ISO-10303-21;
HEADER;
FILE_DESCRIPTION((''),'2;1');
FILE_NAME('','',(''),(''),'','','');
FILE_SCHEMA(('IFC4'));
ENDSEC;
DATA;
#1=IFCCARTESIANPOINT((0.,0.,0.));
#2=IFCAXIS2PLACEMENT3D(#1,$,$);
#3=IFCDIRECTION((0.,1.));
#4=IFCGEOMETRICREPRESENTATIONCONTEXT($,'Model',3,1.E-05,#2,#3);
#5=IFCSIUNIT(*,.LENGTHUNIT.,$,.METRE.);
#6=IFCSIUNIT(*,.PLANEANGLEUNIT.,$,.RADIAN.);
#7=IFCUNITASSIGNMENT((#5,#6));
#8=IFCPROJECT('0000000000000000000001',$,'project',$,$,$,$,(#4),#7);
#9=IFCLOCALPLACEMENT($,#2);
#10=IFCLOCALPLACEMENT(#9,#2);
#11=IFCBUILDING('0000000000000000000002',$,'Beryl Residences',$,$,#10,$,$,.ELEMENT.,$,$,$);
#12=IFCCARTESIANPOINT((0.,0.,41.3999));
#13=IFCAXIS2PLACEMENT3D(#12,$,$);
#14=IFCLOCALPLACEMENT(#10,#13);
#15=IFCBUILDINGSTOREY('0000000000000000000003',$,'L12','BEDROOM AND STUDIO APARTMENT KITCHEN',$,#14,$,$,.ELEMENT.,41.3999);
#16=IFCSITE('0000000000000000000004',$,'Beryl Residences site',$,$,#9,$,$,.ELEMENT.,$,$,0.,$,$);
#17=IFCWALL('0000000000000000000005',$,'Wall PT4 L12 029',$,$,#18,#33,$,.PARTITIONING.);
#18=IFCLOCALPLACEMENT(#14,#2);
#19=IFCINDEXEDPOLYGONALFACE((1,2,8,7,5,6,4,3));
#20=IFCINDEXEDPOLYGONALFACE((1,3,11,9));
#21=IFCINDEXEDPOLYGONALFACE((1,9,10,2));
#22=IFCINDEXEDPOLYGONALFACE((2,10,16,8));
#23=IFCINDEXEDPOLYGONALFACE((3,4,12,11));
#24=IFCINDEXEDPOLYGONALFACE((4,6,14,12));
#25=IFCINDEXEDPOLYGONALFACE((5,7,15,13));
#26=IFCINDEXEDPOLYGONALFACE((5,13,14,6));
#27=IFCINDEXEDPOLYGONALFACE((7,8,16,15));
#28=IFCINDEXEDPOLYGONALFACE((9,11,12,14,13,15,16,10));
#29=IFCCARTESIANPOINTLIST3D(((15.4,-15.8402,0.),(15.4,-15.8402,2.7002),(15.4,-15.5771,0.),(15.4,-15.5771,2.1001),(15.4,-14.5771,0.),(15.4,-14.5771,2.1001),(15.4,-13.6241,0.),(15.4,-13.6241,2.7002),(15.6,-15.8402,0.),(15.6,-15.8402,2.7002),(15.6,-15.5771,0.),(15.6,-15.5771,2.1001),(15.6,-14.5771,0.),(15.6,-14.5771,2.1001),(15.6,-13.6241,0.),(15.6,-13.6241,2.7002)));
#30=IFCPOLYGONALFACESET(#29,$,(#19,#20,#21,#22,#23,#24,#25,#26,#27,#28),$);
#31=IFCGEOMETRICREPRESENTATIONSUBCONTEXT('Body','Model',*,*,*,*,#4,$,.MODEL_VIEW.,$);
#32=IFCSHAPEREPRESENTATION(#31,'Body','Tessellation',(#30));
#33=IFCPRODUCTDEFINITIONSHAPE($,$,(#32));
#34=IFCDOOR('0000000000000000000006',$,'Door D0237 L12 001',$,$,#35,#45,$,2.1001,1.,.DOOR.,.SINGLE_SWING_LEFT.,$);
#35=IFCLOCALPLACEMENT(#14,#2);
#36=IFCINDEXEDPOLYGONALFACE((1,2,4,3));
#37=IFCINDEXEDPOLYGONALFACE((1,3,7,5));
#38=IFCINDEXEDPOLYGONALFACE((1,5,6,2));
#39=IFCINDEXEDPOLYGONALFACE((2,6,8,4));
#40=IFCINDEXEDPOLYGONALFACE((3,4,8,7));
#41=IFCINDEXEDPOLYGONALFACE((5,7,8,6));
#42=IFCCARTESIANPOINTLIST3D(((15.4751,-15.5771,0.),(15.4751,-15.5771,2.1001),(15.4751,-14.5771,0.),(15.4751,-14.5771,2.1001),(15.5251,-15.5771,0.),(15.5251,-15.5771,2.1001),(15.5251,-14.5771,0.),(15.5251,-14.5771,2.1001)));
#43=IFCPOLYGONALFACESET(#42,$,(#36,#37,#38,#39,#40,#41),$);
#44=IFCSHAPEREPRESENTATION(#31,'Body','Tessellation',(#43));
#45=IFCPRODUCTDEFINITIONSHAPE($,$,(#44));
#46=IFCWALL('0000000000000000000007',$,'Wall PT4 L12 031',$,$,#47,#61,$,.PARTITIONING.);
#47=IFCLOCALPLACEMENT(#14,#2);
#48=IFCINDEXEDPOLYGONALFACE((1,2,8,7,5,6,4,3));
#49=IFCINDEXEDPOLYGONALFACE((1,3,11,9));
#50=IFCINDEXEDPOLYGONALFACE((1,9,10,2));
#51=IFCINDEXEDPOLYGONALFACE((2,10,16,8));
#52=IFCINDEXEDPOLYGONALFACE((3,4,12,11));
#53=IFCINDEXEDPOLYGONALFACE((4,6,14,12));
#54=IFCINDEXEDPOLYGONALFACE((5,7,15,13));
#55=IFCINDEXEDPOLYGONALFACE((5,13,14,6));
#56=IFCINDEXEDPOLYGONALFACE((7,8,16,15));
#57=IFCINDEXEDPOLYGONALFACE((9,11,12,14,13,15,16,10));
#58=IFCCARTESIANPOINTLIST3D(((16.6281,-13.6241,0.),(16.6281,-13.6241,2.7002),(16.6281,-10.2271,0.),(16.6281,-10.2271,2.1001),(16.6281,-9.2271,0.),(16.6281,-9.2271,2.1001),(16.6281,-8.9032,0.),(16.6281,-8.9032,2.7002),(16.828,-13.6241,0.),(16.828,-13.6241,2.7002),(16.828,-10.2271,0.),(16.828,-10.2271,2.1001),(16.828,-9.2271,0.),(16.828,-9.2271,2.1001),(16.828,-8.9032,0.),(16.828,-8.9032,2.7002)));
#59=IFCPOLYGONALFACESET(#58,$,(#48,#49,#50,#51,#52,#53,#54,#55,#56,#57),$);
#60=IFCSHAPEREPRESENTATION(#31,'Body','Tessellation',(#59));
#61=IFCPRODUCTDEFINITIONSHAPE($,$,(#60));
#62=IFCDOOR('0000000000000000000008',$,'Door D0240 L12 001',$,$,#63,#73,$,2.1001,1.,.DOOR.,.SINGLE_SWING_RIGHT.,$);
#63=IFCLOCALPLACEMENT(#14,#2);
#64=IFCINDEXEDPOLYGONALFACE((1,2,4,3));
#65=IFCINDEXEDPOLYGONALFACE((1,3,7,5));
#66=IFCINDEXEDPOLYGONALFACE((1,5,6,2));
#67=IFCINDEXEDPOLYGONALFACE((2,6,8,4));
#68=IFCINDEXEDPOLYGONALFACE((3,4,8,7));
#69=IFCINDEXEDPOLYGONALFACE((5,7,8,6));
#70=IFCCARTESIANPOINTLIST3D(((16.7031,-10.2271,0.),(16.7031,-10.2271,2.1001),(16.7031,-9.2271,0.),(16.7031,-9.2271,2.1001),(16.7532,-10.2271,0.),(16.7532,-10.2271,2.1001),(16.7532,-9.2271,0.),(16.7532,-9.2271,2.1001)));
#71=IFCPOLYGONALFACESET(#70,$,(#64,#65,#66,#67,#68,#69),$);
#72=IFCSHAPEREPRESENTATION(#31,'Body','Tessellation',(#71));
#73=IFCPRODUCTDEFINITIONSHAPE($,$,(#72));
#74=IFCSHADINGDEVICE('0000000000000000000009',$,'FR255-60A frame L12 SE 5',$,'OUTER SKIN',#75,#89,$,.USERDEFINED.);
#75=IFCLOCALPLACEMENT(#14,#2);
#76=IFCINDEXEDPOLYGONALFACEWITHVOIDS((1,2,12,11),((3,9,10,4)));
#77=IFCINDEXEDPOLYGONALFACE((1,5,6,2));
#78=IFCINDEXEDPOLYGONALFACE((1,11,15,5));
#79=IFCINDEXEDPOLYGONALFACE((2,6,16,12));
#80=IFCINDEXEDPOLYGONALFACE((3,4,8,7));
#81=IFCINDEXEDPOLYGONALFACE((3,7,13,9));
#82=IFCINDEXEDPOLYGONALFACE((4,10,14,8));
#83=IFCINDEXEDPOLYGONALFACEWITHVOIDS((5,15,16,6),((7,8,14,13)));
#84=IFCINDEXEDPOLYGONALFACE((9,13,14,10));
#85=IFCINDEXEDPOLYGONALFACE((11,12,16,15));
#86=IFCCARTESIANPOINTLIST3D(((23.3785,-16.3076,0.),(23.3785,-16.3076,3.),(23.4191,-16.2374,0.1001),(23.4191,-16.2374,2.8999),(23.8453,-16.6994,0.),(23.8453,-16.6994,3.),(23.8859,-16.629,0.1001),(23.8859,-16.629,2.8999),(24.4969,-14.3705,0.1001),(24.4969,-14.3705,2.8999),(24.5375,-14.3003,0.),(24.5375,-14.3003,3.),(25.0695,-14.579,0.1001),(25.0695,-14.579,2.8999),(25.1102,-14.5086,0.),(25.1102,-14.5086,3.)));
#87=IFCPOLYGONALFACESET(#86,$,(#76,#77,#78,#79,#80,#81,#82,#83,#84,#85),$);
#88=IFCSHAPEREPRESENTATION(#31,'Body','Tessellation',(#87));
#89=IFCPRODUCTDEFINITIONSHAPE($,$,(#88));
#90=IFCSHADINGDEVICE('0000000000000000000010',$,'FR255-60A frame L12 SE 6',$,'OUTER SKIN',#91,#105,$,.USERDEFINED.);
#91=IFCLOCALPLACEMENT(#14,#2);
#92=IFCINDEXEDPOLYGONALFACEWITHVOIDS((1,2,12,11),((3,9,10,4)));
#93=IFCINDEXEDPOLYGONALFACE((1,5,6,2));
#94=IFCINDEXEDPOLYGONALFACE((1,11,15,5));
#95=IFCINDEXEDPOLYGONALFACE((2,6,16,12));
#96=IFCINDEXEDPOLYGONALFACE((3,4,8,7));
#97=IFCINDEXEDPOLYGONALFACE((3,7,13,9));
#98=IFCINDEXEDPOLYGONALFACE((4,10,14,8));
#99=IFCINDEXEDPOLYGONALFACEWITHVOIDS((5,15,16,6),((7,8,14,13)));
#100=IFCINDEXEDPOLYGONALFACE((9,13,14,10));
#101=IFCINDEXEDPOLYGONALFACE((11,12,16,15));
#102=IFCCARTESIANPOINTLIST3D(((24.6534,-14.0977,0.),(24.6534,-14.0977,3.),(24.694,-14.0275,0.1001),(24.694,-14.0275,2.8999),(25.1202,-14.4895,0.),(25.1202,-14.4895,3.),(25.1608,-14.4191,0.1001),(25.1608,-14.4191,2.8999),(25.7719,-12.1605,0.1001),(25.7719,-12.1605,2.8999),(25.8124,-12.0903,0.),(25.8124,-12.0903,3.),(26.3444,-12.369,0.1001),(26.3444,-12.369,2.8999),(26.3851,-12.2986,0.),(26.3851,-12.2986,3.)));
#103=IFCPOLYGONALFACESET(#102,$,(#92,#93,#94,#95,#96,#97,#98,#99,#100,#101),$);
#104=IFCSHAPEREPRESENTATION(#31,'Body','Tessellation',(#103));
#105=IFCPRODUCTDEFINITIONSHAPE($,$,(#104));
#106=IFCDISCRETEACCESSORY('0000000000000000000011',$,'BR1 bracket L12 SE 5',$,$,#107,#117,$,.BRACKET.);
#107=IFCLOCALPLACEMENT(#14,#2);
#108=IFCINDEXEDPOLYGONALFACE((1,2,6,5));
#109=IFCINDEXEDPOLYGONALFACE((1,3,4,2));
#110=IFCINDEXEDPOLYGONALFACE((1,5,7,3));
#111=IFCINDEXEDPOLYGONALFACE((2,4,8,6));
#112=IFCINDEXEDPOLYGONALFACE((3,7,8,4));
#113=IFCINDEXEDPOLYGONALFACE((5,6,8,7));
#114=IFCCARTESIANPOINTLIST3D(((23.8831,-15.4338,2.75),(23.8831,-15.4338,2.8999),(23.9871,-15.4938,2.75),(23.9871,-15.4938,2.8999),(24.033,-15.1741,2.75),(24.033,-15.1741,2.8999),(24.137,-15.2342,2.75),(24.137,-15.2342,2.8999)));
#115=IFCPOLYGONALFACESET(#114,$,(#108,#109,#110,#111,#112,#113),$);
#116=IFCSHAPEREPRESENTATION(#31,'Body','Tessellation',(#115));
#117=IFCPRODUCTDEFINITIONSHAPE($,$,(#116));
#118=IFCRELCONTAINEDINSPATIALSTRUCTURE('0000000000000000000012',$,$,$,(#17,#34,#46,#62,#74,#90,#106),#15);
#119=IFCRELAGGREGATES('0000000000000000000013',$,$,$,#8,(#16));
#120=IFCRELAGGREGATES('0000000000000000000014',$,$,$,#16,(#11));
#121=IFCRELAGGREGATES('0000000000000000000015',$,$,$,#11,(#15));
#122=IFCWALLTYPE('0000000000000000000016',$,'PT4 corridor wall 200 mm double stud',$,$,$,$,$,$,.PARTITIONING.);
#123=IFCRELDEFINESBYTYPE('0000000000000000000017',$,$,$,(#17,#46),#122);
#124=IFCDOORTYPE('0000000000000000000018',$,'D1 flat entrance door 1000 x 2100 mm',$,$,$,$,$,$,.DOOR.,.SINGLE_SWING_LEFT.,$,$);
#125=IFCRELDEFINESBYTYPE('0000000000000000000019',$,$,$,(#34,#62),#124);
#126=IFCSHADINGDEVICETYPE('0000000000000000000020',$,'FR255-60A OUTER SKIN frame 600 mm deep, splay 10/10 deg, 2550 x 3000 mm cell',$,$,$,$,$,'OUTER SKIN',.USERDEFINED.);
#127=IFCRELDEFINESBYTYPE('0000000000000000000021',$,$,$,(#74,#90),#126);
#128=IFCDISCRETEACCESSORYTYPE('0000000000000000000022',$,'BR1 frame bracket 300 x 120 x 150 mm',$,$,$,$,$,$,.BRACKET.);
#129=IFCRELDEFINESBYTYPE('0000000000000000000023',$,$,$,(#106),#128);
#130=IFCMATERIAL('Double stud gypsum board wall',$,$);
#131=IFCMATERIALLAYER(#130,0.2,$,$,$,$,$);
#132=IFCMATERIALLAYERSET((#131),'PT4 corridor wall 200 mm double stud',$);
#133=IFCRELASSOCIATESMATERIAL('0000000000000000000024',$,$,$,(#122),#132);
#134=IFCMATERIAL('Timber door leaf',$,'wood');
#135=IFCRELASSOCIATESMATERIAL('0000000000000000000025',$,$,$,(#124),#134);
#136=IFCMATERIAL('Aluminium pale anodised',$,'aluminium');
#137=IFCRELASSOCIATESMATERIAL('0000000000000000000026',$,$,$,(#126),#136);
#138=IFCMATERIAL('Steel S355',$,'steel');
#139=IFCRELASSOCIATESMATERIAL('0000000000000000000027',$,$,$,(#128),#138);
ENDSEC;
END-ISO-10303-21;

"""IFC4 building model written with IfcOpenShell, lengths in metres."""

from ifc_helpers import new_model, entity, si_unit, direction, frame, frame_2d, origin, place, context, subcontext, project, spatial, polyline, rectangle, outline, extrude, source, transform, mapped, material, layer, layer_set, type_object, type_shapes, element, fill, save


model = new_model("IFC4")

# Units and contexts
model_context = context("Model", 3, precision=1e-05, world=origin(), true_north=direction((0.0, 1.0)))
body_context = subcontext(model_context, "Body", "Model", "MODEL_VIEW")
ifc_project = project(units=[si_unit("LENGTHUNIT", "METRE"), si_unit("PLANEANGLEUNIT", "RADIAN")], contexts=[model_context])

# Site, building, storey
site_placement = place(None, origin())
site = spatial("IfcSite", under=ifc_project, at=site_placement, Name="Beryl Residences site", CompositionType="ELEMENT", RefElevation=0.0)
building_placement = place(site_placement, origin())
building = spatial("IfcBuilding", under=site, at=building_placement, Name="Beryl Residences", CompositionType="ELEMENT")
storey_placement = place(building_placement, frame((0.0, 0.0, 41.3999)))
storey = spatial("IfcBuildingStorey", under=building, at=storey_placement, Name="L12", Description="BEDROOM AND STUDIO APARTMENT KITCHEN", CompositionType="ELEMENT", Elevation=41.3999)

# Shared definitions
ifc_material_1 = material(Name="Double stud gypsum board wall")
ifc_layer_1 = layer(ifc_material_1, 0.2)
ifc_layer_set_1 = layer_set([ifc_layer_1], Name="PT4 corridor wall 200 mm double stud")
wall_type_1 = type_object("IfcWallType", Name="PT4 corridor wall 200 mm double stud", PredefinedType="PARTITIONING", material=ifc_layer_set_1)

# Walls, openings, doors
wall_1_placement = place(storey_placement, frame((15.5, -15.8401, 0.0), z_axis=(0.0, 0.0, 1.0), x_axis=(0.0, 1.0, 0.0)))
wall_1 = element("IfcWall", 1, at=wall_1_placement, inside=storey, type_object=wall_type_1, Name="Wall PT4 L12 029", PredefinedType="PARTITIONING", context=body_context, shape_type="SweptSolid", body=[
    extrude(rectangle(XDim=2.2161, YDim=0.2, at=frame_2d((1.1079, 0.0))), origin(), (0.0, 0.0, 1.0), 2.7002),
])
opening_1_placement = place(wall_1_placement, frame((0.2629, 0.0, 0.0)))
opening_1 = element("IfcOpeningElement", 2, at=opening_1_placement, cuts=wall_1, PredefinedType="OPENING", context=body_context, shape_type="SweptSolid", body=[
    extrude(rectangle(XDim=1.0, YDim=2.1001, at=frame_2d((0.5, 1.05))), frame((0.0, 0.1099, 0.0), z_axis=(0.0, -1.0, 0.0), x_axis=(1.0, 0.0, 0.0)), (0.0, 0.0, 1.0), 0.22),
])
ifc_material_2 = material(Name="Timber door leaf", Category="wood")
door_type_1 = type_object("IfcDoorType", Name="D1 flat entrance door 1000 x 2100 mm", OperationType="SINGLE_SWING_LEFT", PredefinedType="DOOR", material=ifc_material_2)
door_1_placement = place(opening_1_placement, origin())
door_1 = element("IfcDoor", 3, at=door_1_placement, inside=storey, type_object=door_type_1, Name="Door D0237 L12 001", OperationType="SINGLE_SWING_LEFT", OverallHeight=2.1001, OverallWidth=1.0, PredefinedType="DOOR", context=body_context, shape_type="SweptSolid", body=[
    extrude(rectangle(XDim=1.0, YDim=2.1001, at=frame_2d((0.5, 1.05))), frame((0.0, 0.0249, 0.0), z_axis=(0.0, -1.0, 0.0), x_axis=(1.0, 0.0, 0.0)), (0.0, 0.0, 1.0), 0.05),
])
fill(opening_1, door_1)
wall_2_placement = place(storey_placement, frame((16.728, -13.624, 0.0), z_axis=(0.0, 0.0, 1.0), x_axis=(0.0, 1.0, 0.0)))
wall_2 = element("IfcWall", 4, at=wall_2_placement, inside=storey, type_object=wall_type_1, Name="Wall PT4 L12 031", PredefinedType="PARTITIONING", context=body_context, shape_type="SweptSolid", body=[
    extrude(rectangle(XDim=4.7209, YDim=0.2, at=frame_2d((2.3604, 0.0))), origin(), (0.0, 0.0, 1.0), 2.7002),
])
opening_2_placement = place(wall_2_placement, frame((3.397, 0.0, 0.0)))
opening_2 = element("IfcOpeningElement", 5, at=opening_2_placement, cuts=wall_2, PredefinedType="OPENING", context=body_context, shape_type="SweptSolid", body=[
    extrude(rectangle(XDim=1.0, YDim=2.1001, at=frame_2d((0.5, 1.05))), frame((0.0, 0.1099, 0.0), z_axis=(0.0, -1.0, 0.0), x_axis=(1.0, 0.0, 0.0)), (0.0, 0.0, 1.0), 0.22),
])
door_2_placement = place(opening_2_placement, origin())
door_2 = element("IfcDoor", 6, at=door_2_placement, inside=storey, type_object=door_type_1, Name="Door D0240 L12 001", OperationType="SINGLE_SWING_RIGHT", OverallHeight=2.1001, OverallWidth=1.0, PredefinedType="DOOR", context=body_context, shape_type="SweptSolid", body=[
    extrude(rectangle(XDim=1.0, YDim=2.1001, at=frame_2d((0.5, 1.05))), frame((0.0, 0.0249, 0.0), z_axis=(0.0, -1.0, 0.0), x_axis=(1.0, 0.0, 0.0)), (0.0, 0.0, 1.0), 0.05),
])
fill(opening_2, door_2)

# Shading devices
ifc_material_3 = material(Name="Aluminium pale anodised", Category="aluminium")
shading_device_type = type_object("IfcShadingDeviceType", Name="FR255-60A OUTER SKIN frame 600 mm deep, splay 10/10 deg, 2550 x 3000 mm cell", ElementType="OUTER SKIN", PredefinedType="USERDEFINED", material=ifc_material_3)
cartesian_point_1 = entity("IfcCartesianPoint", [-1.1589, 0.0])
cartesian_point_2 = entity("IfcCartesianPoint", [-1.0779, 0.1001])
cartesian_point_3 = entity("IfcCartesianPoint", [-1.2649, 0.0])
cartesian_point_4 = entity("IfcCartesianPoint", [-1.1836, 0.1001])
shared_shape_1 = source(origin(), body_context, "Body", "SweptSolid", [
    entity("IfcExtrudedAreaSolidTapered", entity("IfcArbitraryProfileDefWithVoids", "AREA", None, entity("IfcPolyline", [cartesian_point_1, entity("IfcCartesianPoint", [1.1589, 0.0]), entity("IfcCartesianPoint", [1.1589, 3.0]), entity("IfcCartesianPoint", [-1.1589, 3.0]), cartesian_point_1]), [entity("IfcPolyline", [cartesian_point_2, entity("IfcCartesianPoint", [1.0779, 0.1001]), entity("IfcCartesianPoint", [1.0779, 2.8999]), entity("IfcCartesianPoint", [-1.0779, 2.8999]), cartesian_point_2])]), entity("IfcAxis2Placement3D", entity("IfcCartesianPoint", [0.0, 0.0, 0.0]), entity("IfcDirection", [0.0, 1.0, 0.0]), entity("IfcDirection", [-1.0, 0.0, 0.0])), entity("IfcDirection", [0.0, 0.0, 1.0]), 0.6001, entity("IfcArbitraryProfileDefWithVoids", "AREA", None, entity("IfcPolyline", [cartesian_point_3, entity("IfcCartesianPoint", [1.2649, 0.0]), entity("IfcCartesianPoint", [1.2649, 3.0]), entity("IfcCartesianPoint", [-1.2649, 3.0]), cartesian_point_3]), [entity("IfcPolyline", [cartesian_point_4, entity("IfcCartesianPoint", [1.1836, 0.1001]), entity("IfcCartesianPoint", [1.1836, 2.8999]), entity("IfcCartesianPoint", [-1.1836, 2.8999]), cartesian_point_4])])),
])
type_shapes(shading_device_type, [shared_shape_1])
for number, where, z_axis, x_axis, name in (
    (7, (23.958, -15.304, 0.0), (0.0, 0.0, 1.0), (-0.5, -0.866025, 0.0), "FR255-60A frame L12 SE 5"),
    (8, (25.2329, -13.094, 0.0), (0.0, 0.0, 1.0), (-0.5, -0.866025, 0.0), "FR255-60A frame L12 SE 6"),
):
    element("IfcShadingDevice", number, at=place(storey_placement, frame(where, z_axis=z_axis, x_axis=x_axis)), inside=storey, type_object=shading_device_type, Name=name, ObjectType="OUTER SKIN", PredefinedType="USERDEFINED", context=body_context, shape_type="MappedRepresentation", body=[
        mapped(shared_shape_1, transform((0.0, 0.0, 0.0))),
    ])

# Discrete accessory
ifc_material_4 = material(Name="Steel S355", Category="steel")
discrete_accessory_type = type_object("IfcDiscreteAccessoryType", Name="BR1 frame bracket 300 x 120 x 150 mm", PredefinedType="BRACKET", material=ifc_material_4)
shared_shape_2 = source(origin(), body_context, "Body", "SweptSolid", [
    extrude(outline(polyline([(-0.1499, 0.0), (0.1499, 0.0), (0.1499, 0.1201), (-0.1499, 0.1201), (-0.1499, 0.0)])), origin(), (0.0, 0.0, 1.0), 0.1499),
])
type_shapes(discrete_accessory_type, [shared_shape_2])
discrete_accessory_placement = place(storey_placement, frame((23.958, -15.304, 2.75), z_axis=(0.0, 0.0, 1.0), x_axis=(-0.5, -0.866025, 0.0)))
element("IfcDiscreteAccessory", 9, at=discrete_accessory_placement, inside=storey, type_object=discrete_accessory_type, Name="BR1 bracket L12 SE 5", PredefinedType="BRACKET", context=body_context, shape_type="MappedRepresentation", body=[
    mapped(shared_shape_2, transform((0.0, 0.0, 0.0))),
])

save(model, "model.ifc")
